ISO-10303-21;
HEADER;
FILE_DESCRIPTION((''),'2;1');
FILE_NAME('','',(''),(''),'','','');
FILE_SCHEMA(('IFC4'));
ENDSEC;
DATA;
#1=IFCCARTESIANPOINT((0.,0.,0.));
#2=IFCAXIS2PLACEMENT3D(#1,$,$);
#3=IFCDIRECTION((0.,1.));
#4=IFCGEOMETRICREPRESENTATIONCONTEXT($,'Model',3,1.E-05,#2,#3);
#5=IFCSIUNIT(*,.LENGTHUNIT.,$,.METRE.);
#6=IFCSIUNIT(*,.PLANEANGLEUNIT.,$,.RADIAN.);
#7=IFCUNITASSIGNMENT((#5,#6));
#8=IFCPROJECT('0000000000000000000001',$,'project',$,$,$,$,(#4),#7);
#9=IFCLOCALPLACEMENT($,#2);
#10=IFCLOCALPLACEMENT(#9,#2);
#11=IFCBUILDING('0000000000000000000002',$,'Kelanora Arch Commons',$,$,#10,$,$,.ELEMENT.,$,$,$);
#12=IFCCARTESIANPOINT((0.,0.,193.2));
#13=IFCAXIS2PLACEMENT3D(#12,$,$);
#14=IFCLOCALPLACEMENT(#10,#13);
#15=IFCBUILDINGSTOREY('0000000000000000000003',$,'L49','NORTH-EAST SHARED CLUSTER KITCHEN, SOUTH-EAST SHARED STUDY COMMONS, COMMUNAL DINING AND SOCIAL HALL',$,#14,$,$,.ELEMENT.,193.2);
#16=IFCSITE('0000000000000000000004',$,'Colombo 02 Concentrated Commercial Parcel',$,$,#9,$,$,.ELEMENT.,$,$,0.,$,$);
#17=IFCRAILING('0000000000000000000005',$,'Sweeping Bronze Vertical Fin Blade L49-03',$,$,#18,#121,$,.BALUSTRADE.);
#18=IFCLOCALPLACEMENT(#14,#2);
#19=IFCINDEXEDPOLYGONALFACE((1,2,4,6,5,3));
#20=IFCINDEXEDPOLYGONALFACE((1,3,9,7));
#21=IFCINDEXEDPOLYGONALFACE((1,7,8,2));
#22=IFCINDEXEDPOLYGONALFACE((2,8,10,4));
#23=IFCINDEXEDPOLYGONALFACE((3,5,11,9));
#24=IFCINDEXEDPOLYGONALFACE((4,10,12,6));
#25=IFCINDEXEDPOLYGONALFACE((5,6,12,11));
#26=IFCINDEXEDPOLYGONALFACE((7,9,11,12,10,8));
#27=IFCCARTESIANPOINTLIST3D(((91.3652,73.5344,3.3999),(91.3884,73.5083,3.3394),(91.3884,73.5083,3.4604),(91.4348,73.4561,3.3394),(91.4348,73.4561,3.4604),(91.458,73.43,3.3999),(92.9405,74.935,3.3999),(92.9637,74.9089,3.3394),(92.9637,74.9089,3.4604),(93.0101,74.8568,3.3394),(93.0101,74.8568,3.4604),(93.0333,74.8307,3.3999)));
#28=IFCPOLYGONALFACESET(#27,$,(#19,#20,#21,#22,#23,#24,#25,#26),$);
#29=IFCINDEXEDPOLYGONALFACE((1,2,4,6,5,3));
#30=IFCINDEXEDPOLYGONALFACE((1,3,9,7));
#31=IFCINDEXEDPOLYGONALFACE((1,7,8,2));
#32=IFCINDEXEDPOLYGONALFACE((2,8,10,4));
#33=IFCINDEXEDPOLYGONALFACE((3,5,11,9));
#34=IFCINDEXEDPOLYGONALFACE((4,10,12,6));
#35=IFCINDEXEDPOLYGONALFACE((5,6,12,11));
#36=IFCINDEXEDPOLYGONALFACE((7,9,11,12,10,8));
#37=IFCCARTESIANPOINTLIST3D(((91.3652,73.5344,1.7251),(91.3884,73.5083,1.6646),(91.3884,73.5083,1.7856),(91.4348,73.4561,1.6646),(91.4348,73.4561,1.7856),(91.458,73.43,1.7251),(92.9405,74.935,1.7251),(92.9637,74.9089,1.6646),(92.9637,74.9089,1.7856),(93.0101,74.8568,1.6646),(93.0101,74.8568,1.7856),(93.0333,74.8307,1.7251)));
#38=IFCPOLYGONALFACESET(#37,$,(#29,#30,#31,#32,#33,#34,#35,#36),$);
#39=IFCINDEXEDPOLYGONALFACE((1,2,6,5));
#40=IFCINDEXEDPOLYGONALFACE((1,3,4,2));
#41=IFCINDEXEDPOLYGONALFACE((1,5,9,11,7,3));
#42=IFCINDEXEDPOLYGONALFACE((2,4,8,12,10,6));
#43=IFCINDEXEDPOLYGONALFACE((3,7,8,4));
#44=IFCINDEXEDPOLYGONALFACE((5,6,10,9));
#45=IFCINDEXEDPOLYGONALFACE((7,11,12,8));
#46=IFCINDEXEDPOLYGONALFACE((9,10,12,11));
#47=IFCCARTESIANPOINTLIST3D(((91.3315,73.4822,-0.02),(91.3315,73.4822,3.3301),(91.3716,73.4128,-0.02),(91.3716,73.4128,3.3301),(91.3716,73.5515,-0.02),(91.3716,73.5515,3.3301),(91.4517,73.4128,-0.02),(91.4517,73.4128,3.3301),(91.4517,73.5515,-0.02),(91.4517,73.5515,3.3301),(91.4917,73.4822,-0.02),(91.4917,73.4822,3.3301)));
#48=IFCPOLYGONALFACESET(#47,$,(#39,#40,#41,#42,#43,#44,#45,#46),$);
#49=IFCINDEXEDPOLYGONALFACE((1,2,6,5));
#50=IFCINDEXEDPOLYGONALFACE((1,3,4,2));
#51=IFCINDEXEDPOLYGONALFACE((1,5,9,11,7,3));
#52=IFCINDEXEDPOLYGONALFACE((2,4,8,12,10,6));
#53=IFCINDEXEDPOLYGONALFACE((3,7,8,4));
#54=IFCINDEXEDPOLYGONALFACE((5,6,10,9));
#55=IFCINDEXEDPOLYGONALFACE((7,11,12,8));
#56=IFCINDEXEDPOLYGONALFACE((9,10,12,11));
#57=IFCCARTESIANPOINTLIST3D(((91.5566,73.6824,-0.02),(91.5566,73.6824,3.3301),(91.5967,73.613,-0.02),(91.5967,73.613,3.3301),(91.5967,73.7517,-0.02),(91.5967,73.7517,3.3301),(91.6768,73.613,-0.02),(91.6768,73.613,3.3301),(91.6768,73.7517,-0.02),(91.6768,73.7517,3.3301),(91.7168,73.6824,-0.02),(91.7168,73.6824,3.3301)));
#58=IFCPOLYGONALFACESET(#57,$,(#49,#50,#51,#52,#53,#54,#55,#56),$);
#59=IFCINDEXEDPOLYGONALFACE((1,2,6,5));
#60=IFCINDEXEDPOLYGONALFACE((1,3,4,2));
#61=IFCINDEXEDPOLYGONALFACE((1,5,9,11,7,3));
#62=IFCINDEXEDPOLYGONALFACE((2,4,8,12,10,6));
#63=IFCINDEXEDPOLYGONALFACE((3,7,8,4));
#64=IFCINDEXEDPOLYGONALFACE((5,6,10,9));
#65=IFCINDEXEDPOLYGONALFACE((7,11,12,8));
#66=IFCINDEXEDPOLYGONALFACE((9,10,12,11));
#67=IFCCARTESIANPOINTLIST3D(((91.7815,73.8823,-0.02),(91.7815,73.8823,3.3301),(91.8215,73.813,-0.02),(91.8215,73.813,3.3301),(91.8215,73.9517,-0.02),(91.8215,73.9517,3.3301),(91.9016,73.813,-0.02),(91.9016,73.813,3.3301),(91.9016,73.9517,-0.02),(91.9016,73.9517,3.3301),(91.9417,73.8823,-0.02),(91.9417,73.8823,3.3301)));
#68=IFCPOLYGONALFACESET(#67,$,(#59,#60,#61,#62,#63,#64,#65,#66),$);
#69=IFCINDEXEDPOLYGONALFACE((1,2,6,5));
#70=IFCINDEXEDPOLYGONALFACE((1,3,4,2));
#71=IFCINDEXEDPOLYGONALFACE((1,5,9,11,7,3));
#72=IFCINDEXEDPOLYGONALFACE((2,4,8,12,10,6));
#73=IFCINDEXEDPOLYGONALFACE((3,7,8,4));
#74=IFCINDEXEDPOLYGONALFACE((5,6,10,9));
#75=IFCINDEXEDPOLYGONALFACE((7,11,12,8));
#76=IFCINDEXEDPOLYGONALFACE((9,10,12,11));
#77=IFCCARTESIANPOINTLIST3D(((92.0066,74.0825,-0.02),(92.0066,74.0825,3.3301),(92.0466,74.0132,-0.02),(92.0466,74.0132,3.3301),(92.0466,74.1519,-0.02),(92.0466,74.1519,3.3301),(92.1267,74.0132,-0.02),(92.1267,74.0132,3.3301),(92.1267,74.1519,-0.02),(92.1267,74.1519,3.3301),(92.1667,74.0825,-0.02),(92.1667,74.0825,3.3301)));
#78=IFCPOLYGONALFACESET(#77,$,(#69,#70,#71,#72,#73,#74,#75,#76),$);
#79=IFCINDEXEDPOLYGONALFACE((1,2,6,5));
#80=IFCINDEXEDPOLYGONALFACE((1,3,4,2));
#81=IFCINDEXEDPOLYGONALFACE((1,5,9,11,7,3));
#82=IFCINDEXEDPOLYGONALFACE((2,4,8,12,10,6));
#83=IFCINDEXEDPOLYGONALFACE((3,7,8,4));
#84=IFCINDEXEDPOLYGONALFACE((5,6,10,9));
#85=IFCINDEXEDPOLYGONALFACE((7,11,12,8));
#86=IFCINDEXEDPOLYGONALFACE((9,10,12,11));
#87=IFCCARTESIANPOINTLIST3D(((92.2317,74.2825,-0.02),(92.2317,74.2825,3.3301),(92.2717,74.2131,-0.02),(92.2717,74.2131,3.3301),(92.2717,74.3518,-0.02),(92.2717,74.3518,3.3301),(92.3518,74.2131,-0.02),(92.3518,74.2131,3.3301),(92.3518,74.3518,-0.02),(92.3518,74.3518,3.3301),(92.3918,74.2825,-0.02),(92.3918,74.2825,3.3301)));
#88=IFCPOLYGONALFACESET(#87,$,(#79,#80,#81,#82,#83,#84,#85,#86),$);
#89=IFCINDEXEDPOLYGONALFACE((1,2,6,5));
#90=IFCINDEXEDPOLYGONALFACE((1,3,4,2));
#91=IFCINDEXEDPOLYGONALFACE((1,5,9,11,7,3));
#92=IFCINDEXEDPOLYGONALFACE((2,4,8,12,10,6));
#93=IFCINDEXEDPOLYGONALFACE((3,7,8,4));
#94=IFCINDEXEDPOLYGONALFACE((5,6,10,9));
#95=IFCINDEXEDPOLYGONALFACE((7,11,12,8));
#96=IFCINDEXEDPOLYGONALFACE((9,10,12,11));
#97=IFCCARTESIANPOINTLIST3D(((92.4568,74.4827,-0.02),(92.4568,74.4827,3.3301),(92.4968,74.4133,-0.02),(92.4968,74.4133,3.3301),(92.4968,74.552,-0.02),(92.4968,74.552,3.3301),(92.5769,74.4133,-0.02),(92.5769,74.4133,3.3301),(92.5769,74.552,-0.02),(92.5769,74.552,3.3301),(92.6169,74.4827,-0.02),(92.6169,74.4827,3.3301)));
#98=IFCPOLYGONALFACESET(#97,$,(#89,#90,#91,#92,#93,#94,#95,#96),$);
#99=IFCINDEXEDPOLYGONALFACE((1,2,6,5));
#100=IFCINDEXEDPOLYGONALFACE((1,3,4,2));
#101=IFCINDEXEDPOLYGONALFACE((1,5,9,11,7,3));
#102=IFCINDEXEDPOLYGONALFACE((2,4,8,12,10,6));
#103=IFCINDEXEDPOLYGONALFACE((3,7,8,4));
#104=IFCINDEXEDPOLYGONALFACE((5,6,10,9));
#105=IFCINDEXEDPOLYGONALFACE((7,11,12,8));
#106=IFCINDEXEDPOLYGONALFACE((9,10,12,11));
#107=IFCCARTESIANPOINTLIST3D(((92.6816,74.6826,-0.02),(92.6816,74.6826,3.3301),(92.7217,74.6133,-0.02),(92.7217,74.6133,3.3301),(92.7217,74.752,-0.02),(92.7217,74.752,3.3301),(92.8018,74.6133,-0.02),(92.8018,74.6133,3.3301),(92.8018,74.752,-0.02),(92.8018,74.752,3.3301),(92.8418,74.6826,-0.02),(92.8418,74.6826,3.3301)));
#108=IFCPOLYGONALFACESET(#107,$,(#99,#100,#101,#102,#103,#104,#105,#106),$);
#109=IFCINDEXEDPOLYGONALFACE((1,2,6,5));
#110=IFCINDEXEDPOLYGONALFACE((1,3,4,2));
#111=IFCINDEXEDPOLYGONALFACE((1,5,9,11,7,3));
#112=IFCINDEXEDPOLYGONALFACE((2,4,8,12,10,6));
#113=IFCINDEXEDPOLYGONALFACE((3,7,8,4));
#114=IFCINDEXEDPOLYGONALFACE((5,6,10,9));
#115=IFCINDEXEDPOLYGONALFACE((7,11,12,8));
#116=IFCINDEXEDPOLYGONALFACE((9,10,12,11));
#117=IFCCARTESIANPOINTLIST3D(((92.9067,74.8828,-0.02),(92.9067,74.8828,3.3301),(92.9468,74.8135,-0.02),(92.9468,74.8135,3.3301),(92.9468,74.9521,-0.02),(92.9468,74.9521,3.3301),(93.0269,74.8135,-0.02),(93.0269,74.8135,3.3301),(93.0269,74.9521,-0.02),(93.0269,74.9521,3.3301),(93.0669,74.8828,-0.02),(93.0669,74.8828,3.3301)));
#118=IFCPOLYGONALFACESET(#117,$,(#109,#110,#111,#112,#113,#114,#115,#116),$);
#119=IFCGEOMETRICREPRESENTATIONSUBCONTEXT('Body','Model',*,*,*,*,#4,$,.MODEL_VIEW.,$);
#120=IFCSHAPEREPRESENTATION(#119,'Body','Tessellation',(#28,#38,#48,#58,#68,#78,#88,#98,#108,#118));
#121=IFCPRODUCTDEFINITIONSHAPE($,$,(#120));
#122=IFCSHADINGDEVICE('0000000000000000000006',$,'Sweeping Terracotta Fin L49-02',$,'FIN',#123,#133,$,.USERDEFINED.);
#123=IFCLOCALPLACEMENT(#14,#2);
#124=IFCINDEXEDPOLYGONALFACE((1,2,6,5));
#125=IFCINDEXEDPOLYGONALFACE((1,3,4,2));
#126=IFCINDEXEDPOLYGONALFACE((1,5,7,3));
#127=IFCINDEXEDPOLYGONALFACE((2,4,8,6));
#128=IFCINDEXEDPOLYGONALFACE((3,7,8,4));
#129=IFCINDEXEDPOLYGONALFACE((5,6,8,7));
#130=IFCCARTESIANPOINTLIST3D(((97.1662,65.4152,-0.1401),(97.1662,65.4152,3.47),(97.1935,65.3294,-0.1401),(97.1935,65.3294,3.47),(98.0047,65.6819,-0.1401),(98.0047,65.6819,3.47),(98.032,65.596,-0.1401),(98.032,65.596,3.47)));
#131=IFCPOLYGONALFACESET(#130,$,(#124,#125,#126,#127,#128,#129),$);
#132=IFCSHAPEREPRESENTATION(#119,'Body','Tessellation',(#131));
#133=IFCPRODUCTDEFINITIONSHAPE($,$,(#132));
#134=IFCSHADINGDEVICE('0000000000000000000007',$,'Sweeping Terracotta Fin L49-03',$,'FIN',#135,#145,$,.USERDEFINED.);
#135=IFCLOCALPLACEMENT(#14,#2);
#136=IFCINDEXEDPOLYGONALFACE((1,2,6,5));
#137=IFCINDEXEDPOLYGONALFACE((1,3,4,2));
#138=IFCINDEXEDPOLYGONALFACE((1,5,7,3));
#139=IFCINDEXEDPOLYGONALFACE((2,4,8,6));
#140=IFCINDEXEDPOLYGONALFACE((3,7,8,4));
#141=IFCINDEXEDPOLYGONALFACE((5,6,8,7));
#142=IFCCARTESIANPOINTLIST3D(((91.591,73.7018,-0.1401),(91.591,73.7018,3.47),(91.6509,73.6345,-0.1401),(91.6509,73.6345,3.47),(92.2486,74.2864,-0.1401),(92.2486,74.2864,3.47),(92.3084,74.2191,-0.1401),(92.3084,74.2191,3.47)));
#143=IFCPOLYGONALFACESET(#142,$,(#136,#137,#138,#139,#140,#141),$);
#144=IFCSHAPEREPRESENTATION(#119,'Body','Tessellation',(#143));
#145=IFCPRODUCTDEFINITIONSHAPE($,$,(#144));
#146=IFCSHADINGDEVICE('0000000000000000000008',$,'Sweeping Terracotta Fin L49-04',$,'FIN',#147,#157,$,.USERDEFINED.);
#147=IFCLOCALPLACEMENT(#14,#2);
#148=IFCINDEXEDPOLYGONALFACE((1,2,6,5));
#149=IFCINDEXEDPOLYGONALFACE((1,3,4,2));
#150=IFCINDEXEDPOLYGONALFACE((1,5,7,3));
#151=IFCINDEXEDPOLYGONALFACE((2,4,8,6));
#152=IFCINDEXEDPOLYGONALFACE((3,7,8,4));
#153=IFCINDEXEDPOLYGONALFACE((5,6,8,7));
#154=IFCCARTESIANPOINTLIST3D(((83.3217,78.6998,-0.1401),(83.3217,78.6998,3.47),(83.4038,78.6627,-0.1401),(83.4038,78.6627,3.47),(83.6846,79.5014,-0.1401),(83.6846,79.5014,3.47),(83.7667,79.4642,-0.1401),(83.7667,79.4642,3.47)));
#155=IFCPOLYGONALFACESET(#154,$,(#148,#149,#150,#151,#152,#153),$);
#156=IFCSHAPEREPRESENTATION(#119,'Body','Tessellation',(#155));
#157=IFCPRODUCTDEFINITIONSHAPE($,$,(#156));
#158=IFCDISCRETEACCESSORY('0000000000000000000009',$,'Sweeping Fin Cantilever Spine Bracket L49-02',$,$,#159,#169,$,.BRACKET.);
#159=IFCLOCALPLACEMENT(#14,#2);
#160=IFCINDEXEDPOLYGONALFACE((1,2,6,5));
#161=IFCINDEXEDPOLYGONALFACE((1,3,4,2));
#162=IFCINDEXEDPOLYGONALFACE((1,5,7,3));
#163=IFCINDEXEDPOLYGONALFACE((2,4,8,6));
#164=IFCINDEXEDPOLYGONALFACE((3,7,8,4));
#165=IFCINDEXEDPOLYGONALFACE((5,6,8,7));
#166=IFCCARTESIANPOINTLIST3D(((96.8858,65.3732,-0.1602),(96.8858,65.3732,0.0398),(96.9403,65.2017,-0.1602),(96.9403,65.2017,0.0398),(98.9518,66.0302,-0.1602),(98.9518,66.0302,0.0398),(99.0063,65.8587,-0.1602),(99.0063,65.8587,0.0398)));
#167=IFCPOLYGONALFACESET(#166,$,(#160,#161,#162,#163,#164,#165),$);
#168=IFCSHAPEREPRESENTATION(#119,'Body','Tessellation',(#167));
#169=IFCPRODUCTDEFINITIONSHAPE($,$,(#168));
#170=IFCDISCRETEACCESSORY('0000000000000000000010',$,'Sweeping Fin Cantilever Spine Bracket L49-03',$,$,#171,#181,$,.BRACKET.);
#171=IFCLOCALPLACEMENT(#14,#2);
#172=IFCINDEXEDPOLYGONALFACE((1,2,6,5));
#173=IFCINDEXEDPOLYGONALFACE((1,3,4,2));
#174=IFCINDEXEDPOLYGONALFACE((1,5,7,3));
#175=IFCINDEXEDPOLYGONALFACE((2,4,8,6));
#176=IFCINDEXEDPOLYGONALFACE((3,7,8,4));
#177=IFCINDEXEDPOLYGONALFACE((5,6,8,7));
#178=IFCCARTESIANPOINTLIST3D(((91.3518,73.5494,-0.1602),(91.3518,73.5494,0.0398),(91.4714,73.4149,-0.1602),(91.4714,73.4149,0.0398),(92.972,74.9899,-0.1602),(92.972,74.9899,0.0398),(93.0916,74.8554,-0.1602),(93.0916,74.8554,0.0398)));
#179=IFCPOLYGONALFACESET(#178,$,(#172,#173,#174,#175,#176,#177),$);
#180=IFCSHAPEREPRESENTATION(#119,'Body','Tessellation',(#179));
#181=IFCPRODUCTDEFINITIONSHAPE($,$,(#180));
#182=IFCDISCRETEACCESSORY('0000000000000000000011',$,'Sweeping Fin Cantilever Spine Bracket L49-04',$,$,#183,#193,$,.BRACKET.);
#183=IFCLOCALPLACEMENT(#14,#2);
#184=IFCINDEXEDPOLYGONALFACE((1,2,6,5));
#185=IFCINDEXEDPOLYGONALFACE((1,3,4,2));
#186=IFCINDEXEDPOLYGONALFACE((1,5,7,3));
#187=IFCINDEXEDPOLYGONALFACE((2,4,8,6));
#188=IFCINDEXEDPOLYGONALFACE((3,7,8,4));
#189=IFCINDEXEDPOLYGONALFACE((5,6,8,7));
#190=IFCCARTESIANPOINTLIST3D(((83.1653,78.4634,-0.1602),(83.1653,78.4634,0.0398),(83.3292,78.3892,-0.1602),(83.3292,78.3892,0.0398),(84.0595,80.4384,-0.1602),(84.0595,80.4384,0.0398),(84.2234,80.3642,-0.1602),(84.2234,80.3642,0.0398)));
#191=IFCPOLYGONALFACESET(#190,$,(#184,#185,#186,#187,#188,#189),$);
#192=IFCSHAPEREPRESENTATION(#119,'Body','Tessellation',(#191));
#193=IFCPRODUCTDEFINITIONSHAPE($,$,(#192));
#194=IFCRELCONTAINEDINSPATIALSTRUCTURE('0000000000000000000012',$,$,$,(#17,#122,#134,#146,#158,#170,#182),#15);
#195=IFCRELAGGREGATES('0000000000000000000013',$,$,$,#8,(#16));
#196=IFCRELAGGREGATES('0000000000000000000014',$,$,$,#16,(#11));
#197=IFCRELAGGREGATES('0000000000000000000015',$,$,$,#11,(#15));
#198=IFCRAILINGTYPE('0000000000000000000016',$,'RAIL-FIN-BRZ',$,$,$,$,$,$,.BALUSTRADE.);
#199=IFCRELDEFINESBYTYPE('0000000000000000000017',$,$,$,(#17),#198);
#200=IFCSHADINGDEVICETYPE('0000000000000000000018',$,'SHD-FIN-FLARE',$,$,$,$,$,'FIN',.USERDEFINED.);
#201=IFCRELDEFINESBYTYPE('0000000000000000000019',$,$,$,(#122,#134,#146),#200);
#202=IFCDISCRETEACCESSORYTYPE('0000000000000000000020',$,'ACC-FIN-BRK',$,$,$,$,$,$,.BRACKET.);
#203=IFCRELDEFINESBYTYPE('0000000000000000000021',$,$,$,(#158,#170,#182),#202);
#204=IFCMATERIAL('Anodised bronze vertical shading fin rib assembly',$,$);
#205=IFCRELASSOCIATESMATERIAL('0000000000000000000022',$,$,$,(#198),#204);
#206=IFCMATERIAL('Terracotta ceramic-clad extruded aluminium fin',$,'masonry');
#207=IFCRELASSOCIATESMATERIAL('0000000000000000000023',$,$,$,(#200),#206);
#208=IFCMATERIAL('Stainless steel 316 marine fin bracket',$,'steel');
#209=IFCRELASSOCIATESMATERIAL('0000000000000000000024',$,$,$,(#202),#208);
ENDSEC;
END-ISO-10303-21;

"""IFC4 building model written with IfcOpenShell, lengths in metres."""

from ifc_helpers import new_model, si_unit, direction, frame, origin, origin_2d, place, context, subcontext, project, spatial, polyline, rectangle, outline, extrude, source, transform, mapped, material, type_object, element, save


model = new_model("IFC4")

# Units and contexts
model_context = context("Model", 3, precision=1e-05, world=origin(), true_north=direction((0.0, 1.0)))
body_context = subcontext(model_context, "Body", "Model", "MODEL_VIEW")
ifc_project = project(units=[si_unit("LENGTHUNIT", "METRE"), si_unit("PLANEANGLEUNIT", "RADIAN")], contexts=[model_context])

# Site, building, storey
site_placement = place(None, origin())
site = spatial("IfcSite", under=ifc_project, at=site_placement, Name="Colombo 02 Concentrated Commercial Parcel", CompositionType="ELEMENT", RefElevation=0.0)
building_placement = place(site_placement, origin())
building = spatial("IfcBuilding", under=site, at=building_placement, Name="Kelanora Arch Commons", CompositionType="ELEMENT")
storey_placement = place(building_placement, frame((0.0, 0.0, 193.2)))
storey = spatial("IfcBuildingStorey", under=building, at=storey_placement, Name="L49", Description="NORTH-EAST SHARED CLUSTER KITCHEN, SOUTH-EAST SHARED STUDY COMMONS, COMMUNAL DINING AND SOCIAL HALL", CompositionType="ELEMENT", Elevation=193.2)

# Railing
ifc_material_1 = material(Name="Anodised bronze vertical shading fin rib assembly")
railing_type = type_object("IfcRailingType", Name="RAIL-FIN-BRZ", PredefinedType="BALUSTRADE", material=ifc_material_1)
railing_1_placement = place(storey_placement, frame((91.4116, 73.4822, -0.02)))
element("IfcRailing", 1, at=railing_1_placement, inside=storey, type_object=railing_type, Name="Sweeping Bronze Vertical Fin Blade L49-03", PredefinedType="BALUSTRADE", context=body_context, shape_type="SweptSolid", body=[
    extrude(outline(polyline([(0.0698, 0.0), (0.0349, 0.0605), (-0.0349, 0.0605), (-0.0698, 0.0), (-0.0349, -0.0605), (0.0349, -0.0605), (0.0698, 0.0)])), frame((0.0, 0.0, 3.4199), z_axis=(0.747301, 0.664486, 0.0), x_axis=(-0.664486, 0.747301, 0.0)), (0.0, 0.0, 1.0), 2.1079),
    extrude(outline(polyline([(0.0698, 0.0), (0.0349, 0.0605), (-0.0349, 0.0605), (-0.0698, 0.0), (-0.0349, -0.0605), (0.0349, -0.0605), (0.0698, 0.0)])), frame((0.0, 0.0, 1.7451), z_axis=(0.747301, 0.664486, 0.0), x_axis=(-0.664486, 0.747301, 0.0)), (0.0, 0.0, 1.0), 2.1079),
    extrude(outline(polyline([(0.0801, 0.0), (0.04, 0.0693), (-0.04, 0.0693), (-0.0801, 0.0), (-0.04, -0.0693), (0.04, -0.0693), (0.0801, 0.0)])), origin(), (0.0, 0.0, 1.0), 3.3501),
    extrude(outline(polyline([(0.0801, 0.0), (0.04, 0.0693), (-0.04, 0.0693), (-0.0801, 0.0), (-0.04, -0.0693), (0.04, -0.0693), (0.0801, 0.0)])), frame((0.2251, 0.2002, 0.0)), (0.0, 0.0, 1.0), 3.3501),
    extrude(outline(polyline([(0.0801, 0.0), (0.04, 0.0693), (-0.04, 0.0693), (-0.0801, 0.0), (-0.04, -0.0693), (0.04, -0.0693), (0.0801, 0.0)])), frame((0.45, 0.4001, 0.0)), (0.0, 0.0, 1.0), 3.3501),
    extrude(outline(polyline([(0.0801, 0.0), (0.04, 0.0693), (-0.04, 0.0693), (-0.0801, 0.0), (-0.04, -0.0693), (0.04, -0.0693), (0.0801, 0.0)])), frame((0.675, 0.6003, 0.0)), (0.0, 0.0, 1.0), 3.3501),
    extrude(outline(polyline([(0.0801, 0.0), (0.04, 0.0693), (-0.04, 0.0693), (-0.0801, 0.0), (-0.04, -0.0693), (0.04, -0.0693), (0.0801, 0.0)])), frame((0.9001, 0.8003, 0.0)), (0.0, 0.0, 1.0), 3.3501),
    extrude(outline(polyline([(0.0801, 0.0), (0.04, 0.0693), (-0.04, 0.0693), (-0.0801, 0.0), (-0.04, -0.0693), (0.04, -0.0693), (0.0801, 0.0)])), frame((1.1252, 1.0005, 0.0)), (0.0, 0.0, 1.0), 3.3501),
    extrude(outline(polyline([(0.0801, 0.0), (0.04, 0.0693), (-0.04, 0.0693), (-0.0801, 0.0), (-0.04, -0.0693), (0.04, -0.0693), (0.0801, 0.0)])), frame((1.3501, 1.2004, 0.0)), (0.0, 0.0, 1.0), 3.3501),
    extrude(outline(polyline([(0.0801, 0.0), (0.04, 0.0693), (-0.04, 0.0693), (-0.0801, 0.0), (-0.04, -0.0693), (0.04, -0.0693), (0.0801, 0.0)])), frame((1.5752, 1.4006, 0.0)), (0.0, 0.0, 1.0), 3.3501),
])

# Shading devices
ifc_material_2 = material(Name="Terracotta ceramic-clad extruded aluminium fin", Category="masonry")
shading_device_type = type_object("IfcShadingDeviceType", Name="SHD-FIN-FLARE", ElementType="FIN", PredefinedType="USERDEFINED", material=ifc_material_2)
shared_shape_1 = source(origin(), body_context, "Body", "SweptSolid", [
    extrude(rectangle(XDim=0.8799, YDim=0.0901, at=origin_2d()), origin(), (0.0, 0.0, 1.0), 3.6101),
])
for number, where, z_axis, x_axis, name in (
    (2, (97.5991, 65.5056, -0.1401), (0.0, 0.0, 1.0), (0.952979, 0.303035, 0.0), "Sweeping Terracotta Fin L49-02"),
    (3, (91.9497, 73.9604, -0.1401), (0.0, 0.0, 1.0), (0.747334, 0.664448, 0.0), "Sweeping Terracotta Fin L49-03"),
    (4, (83.5442, 79.082, -0.1401), (0.0, 0.0, 1.0), (0.412469, 0.910972, 0.0), "Sweeping Terracotta Fin L49-04"),
):
    element("IfcShadingDevice", number, at=place(storey_placement, frame(where, z_axis=z_axis, x_axis=x_axis)), inside=storey, type_object=shading_device_type, Name=name, ObjectType="FIN", PredefinedType="USERDEFINED", context=body_context, shape_type="MappedRepresentation", body=[
        mapped(shared_shape_1, transform((0.0, 0.0, 0.0), scale=1.0)),
    ])

# Discrete accessories
ifc_material_3 = material(Name="Stainless steel 316 marine fin bracket", Category="steel")
discrete_accessory_type = type_object("IfcDiscreteAccessoryType", Name="ACC-FIN-BRK", PredefinedType="BRACKET", material=ifc_material_3)
shared_shape_2 = source(origin(), body_context, "Body", "SweptSolid", [
    extrude(rectangle(XDim=2.168, YDim=0.1799, at=origin_2d()), origin(), (0.0, 0.0, 1.0), 0.2),
])
for number, where, z_axis, x_axis, name in (
    (5, (97.946, 65.616, -0.1602), (0.0, 0.0, 1.0), (0.952979, 0.303035, 0.0), "Sweeping Fin Cantilever Spine Bracket L49-02"),
    (6, (92.2217, 74.2024, -0.1602), (0.0, 0.0, 1.0), (0.747334, 0.664448, 0.0), "Sweeping Fin Cantilever Spine Bracket L49-03"),
    (7, (83.6943, 79.4138, -0.1602), (0.0, 0.0, 1.0), (0.412469, 0.910972, 0.0), "Sweeping Fin Cantilever Spine Bracket L49-04"),
):
    element("IfcDiscreteAccessory", number, at=place(storey_placement, frame(where, z_axis=z_axis, x_axis=x_axis)), inside=storey, type_object=discrete_accessory_type, Name=name, PredefinedType="BRACKET", context=body_context, shape_type="MappedRepresentation", body=[
        mapped(shared_shape_2, transform((0.0, 0.0, 0.0), scale=1.0)),
    ])

save(model, "model.ifc")
